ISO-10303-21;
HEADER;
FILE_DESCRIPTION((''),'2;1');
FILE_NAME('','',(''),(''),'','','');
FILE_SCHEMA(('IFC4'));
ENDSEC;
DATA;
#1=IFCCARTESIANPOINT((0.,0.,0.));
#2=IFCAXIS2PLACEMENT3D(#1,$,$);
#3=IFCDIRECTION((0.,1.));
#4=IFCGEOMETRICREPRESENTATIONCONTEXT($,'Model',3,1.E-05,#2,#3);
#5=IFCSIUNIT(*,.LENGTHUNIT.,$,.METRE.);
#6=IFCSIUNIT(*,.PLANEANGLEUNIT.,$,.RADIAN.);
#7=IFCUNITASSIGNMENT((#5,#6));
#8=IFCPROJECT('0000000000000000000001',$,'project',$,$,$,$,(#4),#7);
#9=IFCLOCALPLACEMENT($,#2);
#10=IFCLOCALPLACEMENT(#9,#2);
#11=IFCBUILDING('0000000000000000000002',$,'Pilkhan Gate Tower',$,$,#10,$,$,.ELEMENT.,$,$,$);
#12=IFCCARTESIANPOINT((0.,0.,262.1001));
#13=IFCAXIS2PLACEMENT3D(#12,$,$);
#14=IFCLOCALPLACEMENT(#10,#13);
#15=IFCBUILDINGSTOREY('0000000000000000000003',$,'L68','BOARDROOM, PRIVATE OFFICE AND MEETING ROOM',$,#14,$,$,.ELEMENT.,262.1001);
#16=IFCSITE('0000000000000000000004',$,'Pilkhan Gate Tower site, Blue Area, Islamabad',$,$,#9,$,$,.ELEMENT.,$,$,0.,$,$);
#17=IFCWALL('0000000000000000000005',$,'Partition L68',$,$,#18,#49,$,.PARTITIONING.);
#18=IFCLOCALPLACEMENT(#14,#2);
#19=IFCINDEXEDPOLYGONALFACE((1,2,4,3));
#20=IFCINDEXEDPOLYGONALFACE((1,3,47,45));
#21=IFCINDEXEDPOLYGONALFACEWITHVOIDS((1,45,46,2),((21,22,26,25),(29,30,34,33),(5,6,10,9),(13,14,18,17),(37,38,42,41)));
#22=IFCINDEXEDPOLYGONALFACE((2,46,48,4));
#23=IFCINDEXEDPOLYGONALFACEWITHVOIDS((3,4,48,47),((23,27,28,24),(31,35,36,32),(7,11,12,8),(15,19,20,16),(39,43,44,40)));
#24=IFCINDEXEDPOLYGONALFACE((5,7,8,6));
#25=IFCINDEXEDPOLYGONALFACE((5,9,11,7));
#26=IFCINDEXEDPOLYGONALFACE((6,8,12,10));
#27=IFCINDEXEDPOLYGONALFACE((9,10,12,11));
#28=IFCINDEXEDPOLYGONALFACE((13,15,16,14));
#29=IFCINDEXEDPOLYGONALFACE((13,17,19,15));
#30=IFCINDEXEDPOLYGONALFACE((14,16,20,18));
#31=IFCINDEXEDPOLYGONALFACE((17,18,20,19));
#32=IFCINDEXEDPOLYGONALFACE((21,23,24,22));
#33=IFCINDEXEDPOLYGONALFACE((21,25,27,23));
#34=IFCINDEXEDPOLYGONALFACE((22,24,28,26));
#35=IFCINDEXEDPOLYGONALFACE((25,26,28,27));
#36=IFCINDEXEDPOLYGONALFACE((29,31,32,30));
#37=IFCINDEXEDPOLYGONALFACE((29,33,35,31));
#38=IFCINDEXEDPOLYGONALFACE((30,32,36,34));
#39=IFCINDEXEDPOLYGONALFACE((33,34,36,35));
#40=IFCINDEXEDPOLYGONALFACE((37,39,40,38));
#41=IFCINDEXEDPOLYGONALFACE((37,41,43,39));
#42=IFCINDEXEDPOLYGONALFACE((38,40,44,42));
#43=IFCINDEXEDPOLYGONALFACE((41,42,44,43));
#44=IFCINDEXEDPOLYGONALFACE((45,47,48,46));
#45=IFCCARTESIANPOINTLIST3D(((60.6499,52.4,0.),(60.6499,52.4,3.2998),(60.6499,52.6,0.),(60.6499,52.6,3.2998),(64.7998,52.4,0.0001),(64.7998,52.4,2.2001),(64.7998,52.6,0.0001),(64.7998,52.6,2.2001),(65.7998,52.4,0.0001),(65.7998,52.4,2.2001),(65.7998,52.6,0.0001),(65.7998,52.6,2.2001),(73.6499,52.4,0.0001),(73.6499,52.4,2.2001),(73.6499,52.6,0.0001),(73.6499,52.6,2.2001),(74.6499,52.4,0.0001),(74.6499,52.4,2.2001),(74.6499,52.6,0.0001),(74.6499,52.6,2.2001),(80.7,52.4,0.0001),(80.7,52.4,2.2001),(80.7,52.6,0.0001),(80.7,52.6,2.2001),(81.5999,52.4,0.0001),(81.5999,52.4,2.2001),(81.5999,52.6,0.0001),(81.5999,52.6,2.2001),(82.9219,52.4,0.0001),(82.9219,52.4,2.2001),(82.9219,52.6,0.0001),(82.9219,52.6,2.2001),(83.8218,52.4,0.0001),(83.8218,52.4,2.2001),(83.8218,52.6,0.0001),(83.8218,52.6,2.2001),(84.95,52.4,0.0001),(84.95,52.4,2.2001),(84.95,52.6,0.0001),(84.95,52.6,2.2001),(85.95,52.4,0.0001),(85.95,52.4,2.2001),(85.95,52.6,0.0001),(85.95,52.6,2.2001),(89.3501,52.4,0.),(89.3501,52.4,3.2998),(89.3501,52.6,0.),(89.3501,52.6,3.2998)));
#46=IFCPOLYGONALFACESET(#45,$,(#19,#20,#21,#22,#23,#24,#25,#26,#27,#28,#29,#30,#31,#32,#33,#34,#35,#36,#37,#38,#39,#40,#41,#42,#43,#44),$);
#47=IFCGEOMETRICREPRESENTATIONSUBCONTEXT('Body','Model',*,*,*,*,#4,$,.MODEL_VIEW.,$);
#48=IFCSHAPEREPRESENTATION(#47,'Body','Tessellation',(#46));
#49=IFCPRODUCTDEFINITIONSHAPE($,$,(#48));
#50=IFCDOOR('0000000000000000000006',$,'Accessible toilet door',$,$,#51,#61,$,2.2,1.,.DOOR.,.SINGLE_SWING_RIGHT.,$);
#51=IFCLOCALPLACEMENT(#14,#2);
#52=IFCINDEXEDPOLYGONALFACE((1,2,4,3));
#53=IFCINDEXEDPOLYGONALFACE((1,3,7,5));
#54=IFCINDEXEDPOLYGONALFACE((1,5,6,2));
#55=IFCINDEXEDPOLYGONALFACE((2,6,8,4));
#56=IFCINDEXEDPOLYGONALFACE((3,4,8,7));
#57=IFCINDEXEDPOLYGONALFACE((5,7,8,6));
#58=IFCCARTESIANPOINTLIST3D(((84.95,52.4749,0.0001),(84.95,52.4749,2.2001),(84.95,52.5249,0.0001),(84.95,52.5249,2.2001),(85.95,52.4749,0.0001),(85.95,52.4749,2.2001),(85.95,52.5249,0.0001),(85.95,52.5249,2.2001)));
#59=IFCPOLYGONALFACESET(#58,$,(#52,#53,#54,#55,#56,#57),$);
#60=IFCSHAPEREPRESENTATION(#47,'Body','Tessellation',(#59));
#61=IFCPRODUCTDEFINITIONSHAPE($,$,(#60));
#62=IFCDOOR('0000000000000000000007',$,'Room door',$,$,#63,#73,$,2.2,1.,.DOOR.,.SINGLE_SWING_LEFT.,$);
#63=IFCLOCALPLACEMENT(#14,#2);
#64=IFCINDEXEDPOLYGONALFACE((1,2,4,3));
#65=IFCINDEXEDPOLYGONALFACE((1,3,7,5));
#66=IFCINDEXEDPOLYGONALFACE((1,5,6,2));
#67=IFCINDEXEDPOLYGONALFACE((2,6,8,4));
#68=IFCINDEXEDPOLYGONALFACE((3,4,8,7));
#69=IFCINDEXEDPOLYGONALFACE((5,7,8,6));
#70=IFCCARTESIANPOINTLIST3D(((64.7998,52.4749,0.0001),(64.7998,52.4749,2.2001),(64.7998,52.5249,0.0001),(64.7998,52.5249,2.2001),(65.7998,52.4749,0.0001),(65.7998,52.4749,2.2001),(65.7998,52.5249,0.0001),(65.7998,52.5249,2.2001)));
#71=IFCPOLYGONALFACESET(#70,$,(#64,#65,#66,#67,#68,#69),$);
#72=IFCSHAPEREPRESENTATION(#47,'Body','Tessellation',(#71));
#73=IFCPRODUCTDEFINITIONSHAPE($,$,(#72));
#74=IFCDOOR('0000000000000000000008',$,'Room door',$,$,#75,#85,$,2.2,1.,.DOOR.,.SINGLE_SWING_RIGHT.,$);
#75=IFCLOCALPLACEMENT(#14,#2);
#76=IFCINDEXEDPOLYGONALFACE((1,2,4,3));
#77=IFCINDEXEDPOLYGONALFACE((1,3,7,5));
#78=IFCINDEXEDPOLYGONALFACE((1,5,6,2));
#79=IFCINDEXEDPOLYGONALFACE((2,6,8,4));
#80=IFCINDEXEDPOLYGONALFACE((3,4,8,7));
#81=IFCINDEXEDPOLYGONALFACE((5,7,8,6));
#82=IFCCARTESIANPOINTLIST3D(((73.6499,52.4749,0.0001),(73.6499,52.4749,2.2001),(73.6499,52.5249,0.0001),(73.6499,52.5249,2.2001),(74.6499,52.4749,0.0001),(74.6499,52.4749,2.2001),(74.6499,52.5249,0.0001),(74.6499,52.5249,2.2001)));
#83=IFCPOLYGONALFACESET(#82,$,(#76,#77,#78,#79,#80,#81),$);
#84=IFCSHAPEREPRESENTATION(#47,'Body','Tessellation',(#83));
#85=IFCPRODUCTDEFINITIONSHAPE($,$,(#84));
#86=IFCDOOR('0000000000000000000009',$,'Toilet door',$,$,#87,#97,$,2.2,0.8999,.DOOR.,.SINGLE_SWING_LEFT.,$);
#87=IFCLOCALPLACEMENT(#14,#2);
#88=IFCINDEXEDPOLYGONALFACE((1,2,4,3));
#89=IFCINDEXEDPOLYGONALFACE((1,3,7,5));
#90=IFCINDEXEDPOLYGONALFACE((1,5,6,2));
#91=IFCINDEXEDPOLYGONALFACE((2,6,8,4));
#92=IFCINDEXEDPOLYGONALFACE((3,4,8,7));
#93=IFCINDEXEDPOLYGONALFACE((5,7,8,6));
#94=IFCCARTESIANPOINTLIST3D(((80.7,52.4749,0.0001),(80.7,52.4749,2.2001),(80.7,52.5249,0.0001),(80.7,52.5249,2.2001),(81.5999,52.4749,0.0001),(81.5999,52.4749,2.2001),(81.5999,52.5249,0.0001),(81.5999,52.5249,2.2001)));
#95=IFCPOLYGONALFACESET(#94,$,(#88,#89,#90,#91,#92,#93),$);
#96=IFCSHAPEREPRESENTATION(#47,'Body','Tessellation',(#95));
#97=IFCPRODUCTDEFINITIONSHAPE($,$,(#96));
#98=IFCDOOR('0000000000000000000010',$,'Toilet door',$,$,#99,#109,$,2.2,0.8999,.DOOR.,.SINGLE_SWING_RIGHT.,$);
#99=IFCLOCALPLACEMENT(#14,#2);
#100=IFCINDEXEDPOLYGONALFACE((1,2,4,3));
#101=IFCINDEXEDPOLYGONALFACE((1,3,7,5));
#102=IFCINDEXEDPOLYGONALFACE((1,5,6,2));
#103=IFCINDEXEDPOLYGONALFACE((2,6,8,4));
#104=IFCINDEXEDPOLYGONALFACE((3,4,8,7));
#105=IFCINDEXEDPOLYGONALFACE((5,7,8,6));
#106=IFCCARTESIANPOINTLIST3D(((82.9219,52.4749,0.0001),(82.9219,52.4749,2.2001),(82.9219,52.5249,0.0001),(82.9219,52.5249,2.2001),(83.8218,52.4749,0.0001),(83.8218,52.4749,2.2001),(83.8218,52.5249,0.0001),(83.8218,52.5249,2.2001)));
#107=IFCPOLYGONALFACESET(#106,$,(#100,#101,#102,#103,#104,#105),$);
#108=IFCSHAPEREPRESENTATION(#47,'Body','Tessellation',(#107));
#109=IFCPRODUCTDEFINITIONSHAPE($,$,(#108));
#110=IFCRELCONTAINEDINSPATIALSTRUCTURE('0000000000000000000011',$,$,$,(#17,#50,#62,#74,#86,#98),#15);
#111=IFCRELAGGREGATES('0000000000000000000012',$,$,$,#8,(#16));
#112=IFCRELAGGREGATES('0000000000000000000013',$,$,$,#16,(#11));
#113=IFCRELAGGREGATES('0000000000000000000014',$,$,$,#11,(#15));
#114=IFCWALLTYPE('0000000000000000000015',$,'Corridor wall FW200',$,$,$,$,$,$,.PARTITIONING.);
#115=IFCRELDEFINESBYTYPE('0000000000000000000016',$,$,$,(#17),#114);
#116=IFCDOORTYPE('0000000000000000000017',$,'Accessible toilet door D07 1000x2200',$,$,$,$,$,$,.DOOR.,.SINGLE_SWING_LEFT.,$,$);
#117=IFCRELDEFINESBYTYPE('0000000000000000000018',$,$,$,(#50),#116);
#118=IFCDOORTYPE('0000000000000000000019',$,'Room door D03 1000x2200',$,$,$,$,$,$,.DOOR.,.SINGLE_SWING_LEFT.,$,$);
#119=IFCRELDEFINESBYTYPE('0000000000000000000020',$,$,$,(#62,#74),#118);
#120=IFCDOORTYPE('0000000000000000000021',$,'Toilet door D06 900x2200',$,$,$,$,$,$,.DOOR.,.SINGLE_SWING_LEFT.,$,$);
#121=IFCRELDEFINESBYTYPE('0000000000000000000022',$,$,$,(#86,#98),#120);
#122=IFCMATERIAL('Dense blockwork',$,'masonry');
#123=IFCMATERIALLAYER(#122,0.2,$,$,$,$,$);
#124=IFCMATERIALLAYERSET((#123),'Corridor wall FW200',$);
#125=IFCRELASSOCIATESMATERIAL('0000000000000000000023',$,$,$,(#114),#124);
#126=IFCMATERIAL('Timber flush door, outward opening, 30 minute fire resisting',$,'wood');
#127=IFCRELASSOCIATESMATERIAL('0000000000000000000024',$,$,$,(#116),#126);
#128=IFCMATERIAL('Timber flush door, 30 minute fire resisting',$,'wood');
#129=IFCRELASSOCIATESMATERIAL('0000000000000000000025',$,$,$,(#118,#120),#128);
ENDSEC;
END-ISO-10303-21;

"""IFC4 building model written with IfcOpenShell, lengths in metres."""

from ifc_helpers import new_model, si_unit, direction, frame, frame_2d, origin, place, context, subcontext, project, spatial, rectangle, extrude, material, layer, layer_set, type_object, element, fill, save


model = new_model("IFC4")

# Units and contexts
model_context = context("Model", 3, precision=1e-05, world=origin(), true_north=direction((0.0, 1.0)))
body_context = subcontext(model_context, "Body", "Model", "MODEL_VIEW")
ifc_project = project(units=[si_unit("LENGTHUNIT", "METRE"), si_unit("PLANEANGLEUNIT", "RADIAN")], contexts=[model_context])

# Site, building, storey
site_placement = place(None, origin())
site = spatial("IfcSite", under=ifc_project, at=site_placement, Name="Pilkhan Gate Tower site, Blue Area, Islamabad", CompositionType="ELEMENT", RefElevation=0.0)
building_placement = place(site_placement, origin())
building = spatial("IfcBuilding", under=site, at=building_placement, Name="Pilkhan Gate Tower", CompositionType="ELEMENT")
storey_placement = place(building_placement, frame((0.0, 0.0, 262.1001)))
storey = spatial("IfcBuildingStorey", under=building, at=storey_placement, Name="L68", Description="BOARDROOM, PRIVATE OFFICE AND MEETING ROOM", CompositionType="ELEMENT", Elevation=262.1001)

# Wall, openings, doors
ifc_material_1 = material(Name="Dense blockwork", Category="masonry")
ifc_layer_1 = layer(ifc_material_1, 0.2)
ifc_layer_set_1 = layer_set([ifc_layer_1], Name="Corridor wall FW200")
wall_type_1 = type_object("IfcWallType", Name="Corridor wall FW200", PredefinedType="PARTITIONING", material=ifc_layer_set_1)
wall_1_placement = place(storey_placement, frame((60.6499, 52.5, 0.0), z_axis=(0.0, 0.0, 1.0), x_axis=(1.0, 0.0, 0.0)))
wall_1 = element("IfcWall", 1, at=wall_1_placement, inside=storey, type_object=wall_type_1, Name="Partition L68", PredefinedType="PARTITIONING", context=body_context, shape_type="SweptSolid", body=[
    extrude(rectangle(XDim=28.7002, YDim=0.2, at=frame_2d((14.3501, 0.0))), origin(), (0.0, 0.0, 1.0), 3.2998),
])
opening_1_placement = place(wall_1_placement, frame((4.1499, 0.0, 0.0)))
opening_1 = element("IfcOpeningElement", 2, at=opening_1_placement, cuts=wall_1, PredefinedType="OPENING", context=body_context, shape_type="SweptSolid", body=[
    extrude(rectangle(XDim=1.0, YDim=2.2, at=frame_2d((0.5, 1.1001))), frame((0.0, 0.1099, 0.0), z_axis=(0.0, -1.0, 0.0), x_axis=(1.0, 0.0, 0.0)), (0.0, 0.0, 1.0), 0.22),
])
opening_2_placement = place(wall_1_placement, frame((13.0, 0.0, 0.0)))
opening_2 = element("IfcOpeningElement", 3, at=opening_2_placement, cuts=wall_1, PredefinedType="OPENING", context=body_context, shape_type="SweptSolid", body=[
    extrude(rectangle(XDim=1.0, YDim=2.2, at=frame_2d((0.5, 1.1001))), frame((0.0, 0.1099, 0.0), z_axis=(0.0, -1.0, 0.0), x_axis=(1.0, 0.0, 0.0)), (0.0, 0.0, 1.0), 0.22),
])
opening_3_placement = place(wall_1_placement, frame((20.05, 0.0, 0.0)))
opening_3 = element("IfcOpeningElement", 4, at=opening_3_placement, cuts=wall_1, PredefinedType="OPENING", context=body_context, shape_type="SweptSolid", body=[
    extrude(rectangle(XDim=0.8999, YDim=2.2, at=frame_2d((0.45, 1.1001))), frame((0.0, 0.1099, 0.0), z_axis=(0.0, -1.0, 0.0), x_axis=(1.0, 0.0, 0.0)), (0.0, 0.0, 1.0), 0.22),
])
opening_4_placement = place(wall_1_placement, frame((22.272, 0.0, 0.0)))
opening_4 = element("IfcOpeningElement", 5, at=opening_4_placement, cuts=wall_1, PredefinedType="OPENING", context=body_context, shape_type="SweptSolid", body=[
    extrude(rectangle(XDim=0.8999, YDim=2.2, at=frame_2d((0.45, 1.1001))), frame((0.0, 0.1099, 0.0), z_axis=(0.0, -1.0, 0.0), x_axis=(1.0, 0.0, 0.0)), (0.0, 0.0, 1.0), 0.22),
])
opening_5_placement = place(wall_1_placement, frame((24.3, 0.0, 0.0)))
opening_5 = element("IfcOpeningElement", 6, at=opening_5_placement, cuts=wall_1, PredefinedType="OPENING", context=body_context, shape_type="SweptSolid", body=[
    extrude(rectangle(XDim=1.0, YDim=2.2, at=frame_2d((0.5, 1.1001))), frame((0.0, 0.1099, 0.0), z_axis=(0.0, -1.0, 0.0), x_axis=(1.0, 0.0, 0.0)), (0.0, 0.0, 1.0), 0.22),
])
ifc_material_2 = material(Name="Timber flush door, outward opening, 30 minute fire resisting", Category="wood")
door_type_1 = type_object("IfcDoorType", Name="Accessible toilet door D07 1000x2200", OperationType="SINGLE_SWING_LEFT", PredefinedType="DOOR", material=ifc_material_2)
door_1_placement = place(opening_5_placement, origin())
door_1 = element("IfcDoor", 7, at=door_1_placement, inside=storey, type_object=door_type_1, Name="Accessible toilet door", OperationType="SINGLE_SWING_RIGHT", OverallHeight=2.2, OverallWidth=1.0, PredefinedType="DOOR", context=body_context, shape_type="SweptSolid", body=[
    extrude(rectangle(XDim=1.0, YDim=2.2, at=frame_2d((0.5, 1.1001))), frame((0.0, 0.0249, 0.0), z_axis=(0.0, -1.0, 0.0), x_axis=(1.0, 0.0, 0.0)), (0.0, 0.0, 1.0), 0.05),
])
fill(opening_5, door_1)
ifc_material_3 = material(Name="Timber flush door, 30 minute fire resisting", Category="wood")
door_type_2 = type_object("IfcDoorType", Name="Room door D03 1000x2200", OperationType="SINGLE_SWING_LEFT", PredefinedType="DOOR", material=ifc_material_3)
door_2_placement = place(opening_1_placement, origin())
door_2 = element("IfcDoor", 8, at=door_2_placement, inside=storey, type_object=door_type_2, Name="Room door", OperationType="SINGLE_SWING_LEFT", OverallHeight=2.2, OverallWidth=1.0, PredefinedType="DOOR", context=body_context, shape_type="SweptSolid", body=[
    extrude(rectangle(XDim=1.0, YDim=2.2, at=frame_2d((0.5, 1.1001))), frame((0.0, 0.0249, 0.0), z_axis=(0.0, -1.0, 0.0), x_axis=(1.0, 0.0, 0.0)), (0.0, 0.0, 1.0), 0.05),
])
fill(opening_1, door_2)
door_3_placement = place(opening_2_placement, origin())
door_3 = element("IfcDoor", 9, at=door_3_placement, inside=storey, type_object=door_type_2, Name="Room door", OperationType="SINGLE_SWING_RIGHT", OverallHeight=2.2, OverallWidth=1.0, PredefinedType="DOOR", context=body_context, shape_type="SweptSolid", body=[
    extrude(rectangle(XDim=1.0, YDim=2.2, at=frame_2d((0.5, 1.1001))), frame((0.0, 0.0249, 0.0), z_axis=(0.0, -1.0, 0.0), x_axis=(1.0, 0.0, 0.0)), (0.0, 0.0, 1.0), 0.05),
])
fill(opening_2, door_3)
door_type_3 = type_object("IfcDoorType", Name="Toilet door D06 900x2200", OperationType="SINGLE_SWING_LEFT", PredefinedType="DOOR", material=ifc_material_3)
door_4_placement = place(opening_3_placement, origin())
door_4 = element("IfcDoor", 10, at=door_4_placement, inside=storey, type_object=door_type_3, Name="Toilet door", OperationType="SINGLE_SWING_LEFT", OverallHeight=2.2, OverallWidth=0.8999, PredefinedType="DOOR", context=body_context, shape_type="SweptSolid", body=[
    extrude(rectangle(XDim=0.8999, YDim=2.2, at=frame_2d((0.45, 1.1001))), frame((0.0, 0.0249, 0.0), z_axis=(0.0, -1.0, 0.0), x_axis=(1.0, 0.0, 0.0)), (0.0, 0.0, 1.0), 0.05),
])
fill(opening_3, door_4)
door_5_placement = place(opening_4_placement, origin())
door_5 = element("IfcDoor", 11, at=door_5_placement, inside=storey, type_object=door_type_3, Name="Toilet door", OperationType="SINGLE_SWING_RIGHT", OverallHeight=2.2, OverallWidth=0.8999, PredefinedType="DOOR", context=body_context, shape_type="SweptSolid", body=[
    extrude(rectangle(XDim=0.8999, YDim=2.2, at=frame_2d((0.45, 1.1001))), frame((0.0, 0.0249, 0.0), z_axis=(0.0, -1.0, 0.0), x_axis=(1.0, 0.0, 0.0)), (0.0, 0.0, 1.0), 0.05),
])
fill(opening_4, door_5)

save(model, "model.ifc")
